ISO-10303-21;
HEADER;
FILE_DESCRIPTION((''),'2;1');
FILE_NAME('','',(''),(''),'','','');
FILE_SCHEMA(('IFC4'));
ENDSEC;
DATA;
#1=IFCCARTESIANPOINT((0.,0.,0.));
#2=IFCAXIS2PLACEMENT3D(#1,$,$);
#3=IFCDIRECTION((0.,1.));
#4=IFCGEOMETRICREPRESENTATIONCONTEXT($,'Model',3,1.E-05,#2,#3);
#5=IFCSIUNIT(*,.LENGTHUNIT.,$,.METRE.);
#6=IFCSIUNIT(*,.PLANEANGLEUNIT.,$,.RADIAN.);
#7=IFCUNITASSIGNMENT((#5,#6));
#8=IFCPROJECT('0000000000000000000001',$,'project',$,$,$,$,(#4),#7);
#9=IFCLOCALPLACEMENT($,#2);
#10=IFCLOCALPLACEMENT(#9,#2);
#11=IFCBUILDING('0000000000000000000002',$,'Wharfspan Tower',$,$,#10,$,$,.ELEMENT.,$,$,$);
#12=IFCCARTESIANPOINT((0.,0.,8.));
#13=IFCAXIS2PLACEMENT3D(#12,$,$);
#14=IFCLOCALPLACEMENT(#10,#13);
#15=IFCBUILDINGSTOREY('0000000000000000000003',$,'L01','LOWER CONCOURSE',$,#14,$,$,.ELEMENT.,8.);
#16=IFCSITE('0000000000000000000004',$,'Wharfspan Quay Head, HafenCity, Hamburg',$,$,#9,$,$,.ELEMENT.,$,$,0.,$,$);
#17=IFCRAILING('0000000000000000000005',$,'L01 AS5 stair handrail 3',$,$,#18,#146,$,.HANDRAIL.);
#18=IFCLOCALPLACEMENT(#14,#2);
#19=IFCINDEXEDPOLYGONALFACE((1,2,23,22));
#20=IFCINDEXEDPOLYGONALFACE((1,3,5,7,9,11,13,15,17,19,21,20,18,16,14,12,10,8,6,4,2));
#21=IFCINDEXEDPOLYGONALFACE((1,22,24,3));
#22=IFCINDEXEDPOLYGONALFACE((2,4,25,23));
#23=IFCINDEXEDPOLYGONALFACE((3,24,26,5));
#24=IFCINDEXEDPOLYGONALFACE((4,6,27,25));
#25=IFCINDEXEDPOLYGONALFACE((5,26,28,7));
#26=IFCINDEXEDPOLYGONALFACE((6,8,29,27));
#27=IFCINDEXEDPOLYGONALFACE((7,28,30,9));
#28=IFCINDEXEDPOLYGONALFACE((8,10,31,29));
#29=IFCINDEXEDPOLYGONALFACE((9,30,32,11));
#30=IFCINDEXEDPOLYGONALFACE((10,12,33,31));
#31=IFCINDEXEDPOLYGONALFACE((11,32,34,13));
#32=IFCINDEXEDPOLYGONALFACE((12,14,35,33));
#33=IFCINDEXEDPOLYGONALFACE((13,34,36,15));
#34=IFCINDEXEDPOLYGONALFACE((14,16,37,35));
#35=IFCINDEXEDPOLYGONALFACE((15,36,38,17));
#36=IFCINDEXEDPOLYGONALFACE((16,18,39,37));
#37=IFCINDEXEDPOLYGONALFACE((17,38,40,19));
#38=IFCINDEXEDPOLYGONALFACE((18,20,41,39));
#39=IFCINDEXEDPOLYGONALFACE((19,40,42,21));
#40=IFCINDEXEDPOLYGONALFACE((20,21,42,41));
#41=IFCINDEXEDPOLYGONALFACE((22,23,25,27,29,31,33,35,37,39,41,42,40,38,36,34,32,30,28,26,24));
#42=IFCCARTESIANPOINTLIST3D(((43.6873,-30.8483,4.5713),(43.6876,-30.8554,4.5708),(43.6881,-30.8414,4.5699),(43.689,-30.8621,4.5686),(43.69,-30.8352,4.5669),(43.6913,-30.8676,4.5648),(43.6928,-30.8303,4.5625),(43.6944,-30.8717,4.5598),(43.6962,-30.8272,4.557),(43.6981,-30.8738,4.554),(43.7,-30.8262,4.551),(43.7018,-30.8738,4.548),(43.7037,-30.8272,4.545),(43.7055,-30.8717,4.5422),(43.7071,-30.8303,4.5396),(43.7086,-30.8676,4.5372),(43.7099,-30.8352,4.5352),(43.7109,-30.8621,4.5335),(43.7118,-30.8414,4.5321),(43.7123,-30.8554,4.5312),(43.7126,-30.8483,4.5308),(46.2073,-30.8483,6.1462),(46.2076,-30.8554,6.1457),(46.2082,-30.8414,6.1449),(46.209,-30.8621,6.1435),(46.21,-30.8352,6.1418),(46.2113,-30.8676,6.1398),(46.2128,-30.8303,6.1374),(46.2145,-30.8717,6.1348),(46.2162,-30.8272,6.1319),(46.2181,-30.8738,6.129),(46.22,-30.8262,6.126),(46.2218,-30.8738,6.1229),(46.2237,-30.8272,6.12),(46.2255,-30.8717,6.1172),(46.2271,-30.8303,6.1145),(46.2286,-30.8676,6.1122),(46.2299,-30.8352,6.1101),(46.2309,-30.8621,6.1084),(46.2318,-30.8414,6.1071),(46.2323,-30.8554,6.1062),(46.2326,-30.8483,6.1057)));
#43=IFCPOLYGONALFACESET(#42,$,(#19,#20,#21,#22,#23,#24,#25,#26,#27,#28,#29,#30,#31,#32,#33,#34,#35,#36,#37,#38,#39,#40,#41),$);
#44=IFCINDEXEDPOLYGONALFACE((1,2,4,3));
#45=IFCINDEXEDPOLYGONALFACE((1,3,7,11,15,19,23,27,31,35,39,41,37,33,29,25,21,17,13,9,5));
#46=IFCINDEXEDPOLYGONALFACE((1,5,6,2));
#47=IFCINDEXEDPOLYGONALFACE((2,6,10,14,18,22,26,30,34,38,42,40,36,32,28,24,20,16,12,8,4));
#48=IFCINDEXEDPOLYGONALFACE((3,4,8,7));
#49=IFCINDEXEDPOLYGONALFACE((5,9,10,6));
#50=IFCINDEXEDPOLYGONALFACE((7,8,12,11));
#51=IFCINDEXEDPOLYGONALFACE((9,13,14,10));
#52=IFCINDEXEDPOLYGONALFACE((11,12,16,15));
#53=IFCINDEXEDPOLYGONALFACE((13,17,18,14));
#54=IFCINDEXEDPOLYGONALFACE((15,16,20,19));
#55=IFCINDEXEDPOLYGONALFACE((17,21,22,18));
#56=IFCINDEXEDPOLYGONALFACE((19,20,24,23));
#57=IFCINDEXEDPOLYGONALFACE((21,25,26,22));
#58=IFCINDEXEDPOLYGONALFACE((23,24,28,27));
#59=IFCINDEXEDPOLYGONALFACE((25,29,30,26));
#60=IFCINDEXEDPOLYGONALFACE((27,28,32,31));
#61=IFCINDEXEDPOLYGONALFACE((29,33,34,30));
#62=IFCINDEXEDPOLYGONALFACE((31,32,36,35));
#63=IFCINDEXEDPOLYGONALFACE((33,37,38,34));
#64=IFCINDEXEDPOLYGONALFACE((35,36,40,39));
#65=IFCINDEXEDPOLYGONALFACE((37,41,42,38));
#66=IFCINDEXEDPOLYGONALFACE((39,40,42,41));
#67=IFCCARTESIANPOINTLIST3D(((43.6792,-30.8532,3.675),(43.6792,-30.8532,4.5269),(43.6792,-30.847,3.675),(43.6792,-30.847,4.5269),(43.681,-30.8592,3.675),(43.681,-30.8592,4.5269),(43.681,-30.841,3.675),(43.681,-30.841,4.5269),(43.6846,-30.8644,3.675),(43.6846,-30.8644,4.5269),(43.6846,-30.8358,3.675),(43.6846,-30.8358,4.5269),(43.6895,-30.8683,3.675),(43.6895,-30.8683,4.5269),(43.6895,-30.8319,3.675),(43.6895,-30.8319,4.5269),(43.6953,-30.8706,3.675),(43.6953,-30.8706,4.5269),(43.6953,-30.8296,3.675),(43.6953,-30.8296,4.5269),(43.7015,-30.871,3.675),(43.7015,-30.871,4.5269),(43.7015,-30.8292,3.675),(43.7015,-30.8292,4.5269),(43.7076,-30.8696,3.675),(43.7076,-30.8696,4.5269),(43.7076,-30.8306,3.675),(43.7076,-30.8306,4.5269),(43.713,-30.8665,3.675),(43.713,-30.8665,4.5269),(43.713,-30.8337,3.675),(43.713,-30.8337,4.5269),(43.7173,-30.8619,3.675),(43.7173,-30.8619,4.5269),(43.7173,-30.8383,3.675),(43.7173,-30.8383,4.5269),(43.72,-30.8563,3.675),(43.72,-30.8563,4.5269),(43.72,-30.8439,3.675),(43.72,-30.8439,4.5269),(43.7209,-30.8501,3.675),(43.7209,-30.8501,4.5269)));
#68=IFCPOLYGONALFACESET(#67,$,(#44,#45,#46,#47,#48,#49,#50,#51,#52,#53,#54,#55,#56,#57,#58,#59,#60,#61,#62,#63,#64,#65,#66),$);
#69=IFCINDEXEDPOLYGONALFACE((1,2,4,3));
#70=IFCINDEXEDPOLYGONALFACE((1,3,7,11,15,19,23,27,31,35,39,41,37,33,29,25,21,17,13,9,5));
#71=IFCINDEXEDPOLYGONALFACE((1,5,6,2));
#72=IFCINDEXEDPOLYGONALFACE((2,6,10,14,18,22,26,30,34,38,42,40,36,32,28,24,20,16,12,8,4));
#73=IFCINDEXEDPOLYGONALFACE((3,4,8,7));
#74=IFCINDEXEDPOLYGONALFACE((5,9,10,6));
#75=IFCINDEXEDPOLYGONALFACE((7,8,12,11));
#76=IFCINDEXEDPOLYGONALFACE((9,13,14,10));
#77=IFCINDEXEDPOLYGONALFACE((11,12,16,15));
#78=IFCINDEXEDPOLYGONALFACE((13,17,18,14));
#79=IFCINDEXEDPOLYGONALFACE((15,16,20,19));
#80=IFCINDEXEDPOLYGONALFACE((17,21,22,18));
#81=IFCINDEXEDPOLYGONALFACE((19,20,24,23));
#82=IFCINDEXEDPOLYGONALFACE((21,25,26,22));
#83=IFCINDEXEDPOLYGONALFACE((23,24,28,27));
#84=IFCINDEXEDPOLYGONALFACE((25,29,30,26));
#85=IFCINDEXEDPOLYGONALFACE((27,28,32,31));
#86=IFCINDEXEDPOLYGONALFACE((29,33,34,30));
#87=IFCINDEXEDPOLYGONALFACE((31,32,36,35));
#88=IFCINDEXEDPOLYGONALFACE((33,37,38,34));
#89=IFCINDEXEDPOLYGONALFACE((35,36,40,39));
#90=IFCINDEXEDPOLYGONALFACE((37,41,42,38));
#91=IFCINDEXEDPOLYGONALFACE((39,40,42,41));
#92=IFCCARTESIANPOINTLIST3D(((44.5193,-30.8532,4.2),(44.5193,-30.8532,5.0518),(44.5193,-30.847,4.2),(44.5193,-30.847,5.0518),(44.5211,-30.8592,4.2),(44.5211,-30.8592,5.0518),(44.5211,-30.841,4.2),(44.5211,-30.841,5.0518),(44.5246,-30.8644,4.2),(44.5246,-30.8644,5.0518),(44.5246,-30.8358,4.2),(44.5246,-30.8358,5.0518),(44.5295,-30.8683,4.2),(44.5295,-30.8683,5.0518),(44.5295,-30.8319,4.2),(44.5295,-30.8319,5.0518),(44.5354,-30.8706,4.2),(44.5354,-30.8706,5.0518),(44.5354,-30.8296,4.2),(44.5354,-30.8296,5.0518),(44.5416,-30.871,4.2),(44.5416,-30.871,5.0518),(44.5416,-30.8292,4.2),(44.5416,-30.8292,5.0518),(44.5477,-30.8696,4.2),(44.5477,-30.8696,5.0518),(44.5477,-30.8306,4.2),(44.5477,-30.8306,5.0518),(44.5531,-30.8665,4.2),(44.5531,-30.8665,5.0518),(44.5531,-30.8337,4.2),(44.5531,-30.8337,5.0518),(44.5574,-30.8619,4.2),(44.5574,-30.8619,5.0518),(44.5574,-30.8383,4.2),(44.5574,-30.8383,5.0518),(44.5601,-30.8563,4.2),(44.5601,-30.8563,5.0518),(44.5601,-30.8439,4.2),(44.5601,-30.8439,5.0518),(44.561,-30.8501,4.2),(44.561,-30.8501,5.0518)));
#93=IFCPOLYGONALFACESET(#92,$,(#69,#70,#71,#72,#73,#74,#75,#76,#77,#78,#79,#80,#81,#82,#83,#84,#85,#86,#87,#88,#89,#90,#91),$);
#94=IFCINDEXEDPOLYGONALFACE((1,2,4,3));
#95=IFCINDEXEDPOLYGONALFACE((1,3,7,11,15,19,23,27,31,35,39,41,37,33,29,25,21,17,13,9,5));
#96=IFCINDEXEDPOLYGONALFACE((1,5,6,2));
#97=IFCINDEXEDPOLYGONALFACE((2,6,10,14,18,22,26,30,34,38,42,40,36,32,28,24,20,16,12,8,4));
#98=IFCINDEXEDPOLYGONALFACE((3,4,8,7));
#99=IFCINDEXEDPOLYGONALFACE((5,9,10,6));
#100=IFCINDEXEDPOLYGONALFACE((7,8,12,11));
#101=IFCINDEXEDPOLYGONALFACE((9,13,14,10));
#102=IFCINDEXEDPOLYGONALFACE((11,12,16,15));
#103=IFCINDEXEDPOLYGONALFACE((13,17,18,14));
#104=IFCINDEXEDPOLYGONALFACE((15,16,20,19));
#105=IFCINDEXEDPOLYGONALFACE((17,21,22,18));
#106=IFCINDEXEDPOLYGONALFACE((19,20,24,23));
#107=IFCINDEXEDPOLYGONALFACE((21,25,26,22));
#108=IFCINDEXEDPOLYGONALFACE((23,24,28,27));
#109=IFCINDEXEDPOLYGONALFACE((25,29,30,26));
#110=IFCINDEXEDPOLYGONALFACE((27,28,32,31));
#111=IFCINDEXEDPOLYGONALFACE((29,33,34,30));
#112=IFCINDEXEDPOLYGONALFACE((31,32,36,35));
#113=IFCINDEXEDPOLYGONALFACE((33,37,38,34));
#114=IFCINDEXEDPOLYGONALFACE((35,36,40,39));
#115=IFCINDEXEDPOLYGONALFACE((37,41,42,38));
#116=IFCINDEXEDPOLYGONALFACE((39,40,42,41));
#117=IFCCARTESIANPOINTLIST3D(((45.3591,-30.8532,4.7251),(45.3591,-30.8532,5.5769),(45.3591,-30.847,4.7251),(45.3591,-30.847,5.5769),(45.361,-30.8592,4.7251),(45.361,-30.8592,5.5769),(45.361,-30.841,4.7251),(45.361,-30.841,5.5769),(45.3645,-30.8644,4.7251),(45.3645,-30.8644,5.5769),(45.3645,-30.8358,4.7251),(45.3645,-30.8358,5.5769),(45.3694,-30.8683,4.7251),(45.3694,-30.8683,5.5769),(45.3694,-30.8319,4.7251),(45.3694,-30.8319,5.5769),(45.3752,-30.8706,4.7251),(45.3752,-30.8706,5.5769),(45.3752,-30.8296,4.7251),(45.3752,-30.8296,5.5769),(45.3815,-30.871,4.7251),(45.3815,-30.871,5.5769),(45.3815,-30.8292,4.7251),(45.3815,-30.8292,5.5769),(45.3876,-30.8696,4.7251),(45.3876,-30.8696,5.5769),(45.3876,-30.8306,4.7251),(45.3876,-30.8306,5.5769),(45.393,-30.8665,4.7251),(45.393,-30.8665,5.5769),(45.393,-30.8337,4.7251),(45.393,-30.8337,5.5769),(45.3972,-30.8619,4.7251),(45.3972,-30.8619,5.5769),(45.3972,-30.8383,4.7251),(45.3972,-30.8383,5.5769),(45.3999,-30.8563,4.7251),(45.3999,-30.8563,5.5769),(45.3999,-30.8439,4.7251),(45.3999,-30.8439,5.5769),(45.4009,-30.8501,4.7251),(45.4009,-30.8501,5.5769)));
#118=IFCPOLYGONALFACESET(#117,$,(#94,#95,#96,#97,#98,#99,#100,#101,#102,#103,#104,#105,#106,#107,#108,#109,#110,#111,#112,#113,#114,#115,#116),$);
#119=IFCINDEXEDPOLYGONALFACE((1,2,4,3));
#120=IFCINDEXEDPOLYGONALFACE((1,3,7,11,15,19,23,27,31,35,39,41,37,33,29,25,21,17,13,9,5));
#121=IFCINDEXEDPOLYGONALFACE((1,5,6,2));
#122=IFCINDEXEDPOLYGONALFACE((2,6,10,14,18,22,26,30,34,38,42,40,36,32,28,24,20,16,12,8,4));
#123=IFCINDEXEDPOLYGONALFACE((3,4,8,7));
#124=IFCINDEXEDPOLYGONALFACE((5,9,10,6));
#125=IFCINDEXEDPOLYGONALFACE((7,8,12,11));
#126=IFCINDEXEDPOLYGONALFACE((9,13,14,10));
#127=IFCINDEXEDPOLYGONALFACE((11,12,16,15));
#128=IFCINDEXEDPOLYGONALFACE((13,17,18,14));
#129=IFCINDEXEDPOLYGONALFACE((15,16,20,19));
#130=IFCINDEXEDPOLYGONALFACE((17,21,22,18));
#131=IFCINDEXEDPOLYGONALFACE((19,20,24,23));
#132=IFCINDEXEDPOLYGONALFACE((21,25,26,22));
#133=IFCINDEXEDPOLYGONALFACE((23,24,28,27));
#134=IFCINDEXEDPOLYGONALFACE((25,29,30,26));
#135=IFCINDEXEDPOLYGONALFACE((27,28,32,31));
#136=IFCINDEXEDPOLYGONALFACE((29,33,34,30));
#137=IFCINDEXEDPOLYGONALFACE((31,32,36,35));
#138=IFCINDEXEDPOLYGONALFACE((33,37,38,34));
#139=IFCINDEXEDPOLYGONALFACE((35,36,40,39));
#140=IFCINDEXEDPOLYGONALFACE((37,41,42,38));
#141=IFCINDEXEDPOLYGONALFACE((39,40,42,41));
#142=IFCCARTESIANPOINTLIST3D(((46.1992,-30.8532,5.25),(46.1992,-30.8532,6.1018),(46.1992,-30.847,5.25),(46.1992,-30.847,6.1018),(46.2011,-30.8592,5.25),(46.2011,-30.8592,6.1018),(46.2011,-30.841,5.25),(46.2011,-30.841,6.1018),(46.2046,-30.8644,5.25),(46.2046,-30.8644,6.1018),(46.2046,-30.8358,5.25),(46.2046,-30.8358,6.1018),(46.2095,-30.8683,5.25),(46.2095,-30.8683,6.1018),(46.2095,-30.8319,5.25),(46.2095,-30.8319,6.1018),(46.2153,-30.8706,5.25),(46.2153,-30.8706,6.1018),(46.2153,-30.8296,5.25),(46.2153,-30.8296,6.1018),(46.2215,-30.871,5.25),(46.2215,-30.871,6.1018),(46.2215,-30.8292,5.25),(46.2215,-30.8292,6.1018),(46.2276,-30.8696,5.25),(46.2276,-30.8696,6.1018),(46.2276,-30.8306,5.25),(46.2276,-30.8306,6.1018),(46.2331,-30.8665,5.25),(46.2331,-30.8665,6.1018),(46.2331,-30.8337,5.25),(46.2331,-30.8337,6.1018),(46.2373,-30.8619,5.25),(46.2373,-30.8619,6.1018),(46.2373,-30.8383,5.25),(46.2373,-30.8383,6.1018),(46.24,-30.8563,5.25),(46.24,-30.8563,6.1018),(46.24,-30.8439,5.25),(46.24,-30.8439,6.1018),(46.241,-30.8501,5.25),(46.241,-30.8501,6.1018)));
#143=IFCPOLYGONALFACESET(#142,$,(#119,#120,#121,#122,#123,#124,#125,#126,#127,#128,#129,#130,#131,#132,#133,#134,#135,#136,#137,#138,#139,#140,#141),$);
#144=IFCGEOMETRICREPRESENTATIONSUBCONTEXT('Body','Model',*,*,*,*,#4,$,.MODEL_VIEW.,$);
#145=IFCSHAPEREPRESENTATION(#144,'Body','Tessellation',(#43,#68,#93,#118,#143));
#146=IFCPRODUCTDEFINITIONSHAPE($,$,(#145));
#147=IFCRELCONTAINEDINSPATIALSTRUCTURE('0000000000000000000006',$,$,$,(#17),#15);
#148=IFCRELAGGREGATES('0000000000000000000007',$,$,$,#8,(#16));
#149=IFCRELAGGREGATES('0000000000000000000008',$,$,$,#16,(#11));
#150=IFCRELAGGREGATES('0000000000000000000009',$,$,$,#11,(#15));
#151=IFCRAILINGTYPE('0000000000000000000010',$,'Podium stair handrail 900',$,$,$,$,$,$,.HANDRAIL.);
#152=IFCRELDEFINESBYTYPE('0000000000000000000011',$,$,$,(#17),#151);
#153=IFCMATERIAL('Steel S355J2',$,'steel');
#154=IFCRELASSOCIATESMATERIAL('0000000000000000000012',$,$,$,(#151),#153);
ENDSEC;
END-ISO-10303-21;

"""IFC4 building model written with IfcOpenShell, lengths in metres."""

from ifc_helpers import new_model, si_unit, direction, frame, origin, origin_2d, place, context, subcontext, project, spatial, circle, extrude, material, type_object, element, save


model = new_model("IFC4")

# Units and contexts
model_context = context("Model", 3, precision=1e-05, world=origin(), true_north=direction((0.0, 1.0)))
body_context = subcontext(model_context, "Body", "Model", "MODEL_VIEW")
ifc_project = project(units=[si_unit("LENGTHUNIT", "METRE"), si_unit("PLANEANGLEUNIT", "RADIAN")], contexts=[model_context])

# Site, building, storey
site_placement = place(None, origin())
site = spatial("IfcSite", under=ifc_project, at=site_placement, Name="Wharfspan Quay Head, HafenCity, Hamburg", CompositionType="ELEMENT", RefElevation=0.0)
building_placement = place(site_placement, origin())
building = spatial("IfcBuilding", under=site, at=building_placement, Name="Wharfspan Tower", CompositionType="ELEMENT")
storey_placement = place(building_placement, frame((0.0, 0.0, 8.0)))
storey = spatial("IfcBuildingStorey", under=building, at=storey_placement, Name="L01", Description="LOWER CONCOURSE", CompositionType="ELEMENT", Elevation=8.0)

# Railing
ifc_material_1 = material(Name="Steel S355J2", Category="steel")
railing_type_1 = type_object("IfcRailingType", Name="Podium stair handrail 900", PredefinedType="HANDRAIL", material=ifc_material_1)
railing_1_placement = place(storey_placement, frame((43.7, -30.8501, 3.675)))
element("IfcRailing", 1, at=railing_1_placement, inside=storey, type_object=railing_type_1, Name="L01 AS5 stair handrail 3", PredefinedType="HANDRAIL", context=body_context, shape_type="SweptSolid", body=[
    extrude(circle(Radius=0.0239, at=origin_2d()), frame((0.0, 0.0, 0.876), z_axis=(0.848008, 0.0, 0.529984), x_axis=(0.0, 1.0, 0.0)), (0.0, 0.0, 1.0), 2.9717),
    extrude(circle(Radius=0.021, at=origin_2d()), origin(), (0.0, 0.0, 1.0), 0.8518),
    extrude(circle(Radius=0.021, at=origin_2d()), frame((0.8401, 0.0, 0.5249)), (0.0, 0.0, 1.0), 0.8518),
    extrude(circle(Radius=0.021, at=origin_2d()), frame((1.6799, 0.0, 1.05)), (0.0, 0.0, 1.0), 0.8518),
    extrude(circle(Radius=0.021, at=origin_2d()), frame((2.52, 0.0, 1.575)), (0.0, 0.0, 1.0), 0.8518),
])

save(model, "model.ifc")
